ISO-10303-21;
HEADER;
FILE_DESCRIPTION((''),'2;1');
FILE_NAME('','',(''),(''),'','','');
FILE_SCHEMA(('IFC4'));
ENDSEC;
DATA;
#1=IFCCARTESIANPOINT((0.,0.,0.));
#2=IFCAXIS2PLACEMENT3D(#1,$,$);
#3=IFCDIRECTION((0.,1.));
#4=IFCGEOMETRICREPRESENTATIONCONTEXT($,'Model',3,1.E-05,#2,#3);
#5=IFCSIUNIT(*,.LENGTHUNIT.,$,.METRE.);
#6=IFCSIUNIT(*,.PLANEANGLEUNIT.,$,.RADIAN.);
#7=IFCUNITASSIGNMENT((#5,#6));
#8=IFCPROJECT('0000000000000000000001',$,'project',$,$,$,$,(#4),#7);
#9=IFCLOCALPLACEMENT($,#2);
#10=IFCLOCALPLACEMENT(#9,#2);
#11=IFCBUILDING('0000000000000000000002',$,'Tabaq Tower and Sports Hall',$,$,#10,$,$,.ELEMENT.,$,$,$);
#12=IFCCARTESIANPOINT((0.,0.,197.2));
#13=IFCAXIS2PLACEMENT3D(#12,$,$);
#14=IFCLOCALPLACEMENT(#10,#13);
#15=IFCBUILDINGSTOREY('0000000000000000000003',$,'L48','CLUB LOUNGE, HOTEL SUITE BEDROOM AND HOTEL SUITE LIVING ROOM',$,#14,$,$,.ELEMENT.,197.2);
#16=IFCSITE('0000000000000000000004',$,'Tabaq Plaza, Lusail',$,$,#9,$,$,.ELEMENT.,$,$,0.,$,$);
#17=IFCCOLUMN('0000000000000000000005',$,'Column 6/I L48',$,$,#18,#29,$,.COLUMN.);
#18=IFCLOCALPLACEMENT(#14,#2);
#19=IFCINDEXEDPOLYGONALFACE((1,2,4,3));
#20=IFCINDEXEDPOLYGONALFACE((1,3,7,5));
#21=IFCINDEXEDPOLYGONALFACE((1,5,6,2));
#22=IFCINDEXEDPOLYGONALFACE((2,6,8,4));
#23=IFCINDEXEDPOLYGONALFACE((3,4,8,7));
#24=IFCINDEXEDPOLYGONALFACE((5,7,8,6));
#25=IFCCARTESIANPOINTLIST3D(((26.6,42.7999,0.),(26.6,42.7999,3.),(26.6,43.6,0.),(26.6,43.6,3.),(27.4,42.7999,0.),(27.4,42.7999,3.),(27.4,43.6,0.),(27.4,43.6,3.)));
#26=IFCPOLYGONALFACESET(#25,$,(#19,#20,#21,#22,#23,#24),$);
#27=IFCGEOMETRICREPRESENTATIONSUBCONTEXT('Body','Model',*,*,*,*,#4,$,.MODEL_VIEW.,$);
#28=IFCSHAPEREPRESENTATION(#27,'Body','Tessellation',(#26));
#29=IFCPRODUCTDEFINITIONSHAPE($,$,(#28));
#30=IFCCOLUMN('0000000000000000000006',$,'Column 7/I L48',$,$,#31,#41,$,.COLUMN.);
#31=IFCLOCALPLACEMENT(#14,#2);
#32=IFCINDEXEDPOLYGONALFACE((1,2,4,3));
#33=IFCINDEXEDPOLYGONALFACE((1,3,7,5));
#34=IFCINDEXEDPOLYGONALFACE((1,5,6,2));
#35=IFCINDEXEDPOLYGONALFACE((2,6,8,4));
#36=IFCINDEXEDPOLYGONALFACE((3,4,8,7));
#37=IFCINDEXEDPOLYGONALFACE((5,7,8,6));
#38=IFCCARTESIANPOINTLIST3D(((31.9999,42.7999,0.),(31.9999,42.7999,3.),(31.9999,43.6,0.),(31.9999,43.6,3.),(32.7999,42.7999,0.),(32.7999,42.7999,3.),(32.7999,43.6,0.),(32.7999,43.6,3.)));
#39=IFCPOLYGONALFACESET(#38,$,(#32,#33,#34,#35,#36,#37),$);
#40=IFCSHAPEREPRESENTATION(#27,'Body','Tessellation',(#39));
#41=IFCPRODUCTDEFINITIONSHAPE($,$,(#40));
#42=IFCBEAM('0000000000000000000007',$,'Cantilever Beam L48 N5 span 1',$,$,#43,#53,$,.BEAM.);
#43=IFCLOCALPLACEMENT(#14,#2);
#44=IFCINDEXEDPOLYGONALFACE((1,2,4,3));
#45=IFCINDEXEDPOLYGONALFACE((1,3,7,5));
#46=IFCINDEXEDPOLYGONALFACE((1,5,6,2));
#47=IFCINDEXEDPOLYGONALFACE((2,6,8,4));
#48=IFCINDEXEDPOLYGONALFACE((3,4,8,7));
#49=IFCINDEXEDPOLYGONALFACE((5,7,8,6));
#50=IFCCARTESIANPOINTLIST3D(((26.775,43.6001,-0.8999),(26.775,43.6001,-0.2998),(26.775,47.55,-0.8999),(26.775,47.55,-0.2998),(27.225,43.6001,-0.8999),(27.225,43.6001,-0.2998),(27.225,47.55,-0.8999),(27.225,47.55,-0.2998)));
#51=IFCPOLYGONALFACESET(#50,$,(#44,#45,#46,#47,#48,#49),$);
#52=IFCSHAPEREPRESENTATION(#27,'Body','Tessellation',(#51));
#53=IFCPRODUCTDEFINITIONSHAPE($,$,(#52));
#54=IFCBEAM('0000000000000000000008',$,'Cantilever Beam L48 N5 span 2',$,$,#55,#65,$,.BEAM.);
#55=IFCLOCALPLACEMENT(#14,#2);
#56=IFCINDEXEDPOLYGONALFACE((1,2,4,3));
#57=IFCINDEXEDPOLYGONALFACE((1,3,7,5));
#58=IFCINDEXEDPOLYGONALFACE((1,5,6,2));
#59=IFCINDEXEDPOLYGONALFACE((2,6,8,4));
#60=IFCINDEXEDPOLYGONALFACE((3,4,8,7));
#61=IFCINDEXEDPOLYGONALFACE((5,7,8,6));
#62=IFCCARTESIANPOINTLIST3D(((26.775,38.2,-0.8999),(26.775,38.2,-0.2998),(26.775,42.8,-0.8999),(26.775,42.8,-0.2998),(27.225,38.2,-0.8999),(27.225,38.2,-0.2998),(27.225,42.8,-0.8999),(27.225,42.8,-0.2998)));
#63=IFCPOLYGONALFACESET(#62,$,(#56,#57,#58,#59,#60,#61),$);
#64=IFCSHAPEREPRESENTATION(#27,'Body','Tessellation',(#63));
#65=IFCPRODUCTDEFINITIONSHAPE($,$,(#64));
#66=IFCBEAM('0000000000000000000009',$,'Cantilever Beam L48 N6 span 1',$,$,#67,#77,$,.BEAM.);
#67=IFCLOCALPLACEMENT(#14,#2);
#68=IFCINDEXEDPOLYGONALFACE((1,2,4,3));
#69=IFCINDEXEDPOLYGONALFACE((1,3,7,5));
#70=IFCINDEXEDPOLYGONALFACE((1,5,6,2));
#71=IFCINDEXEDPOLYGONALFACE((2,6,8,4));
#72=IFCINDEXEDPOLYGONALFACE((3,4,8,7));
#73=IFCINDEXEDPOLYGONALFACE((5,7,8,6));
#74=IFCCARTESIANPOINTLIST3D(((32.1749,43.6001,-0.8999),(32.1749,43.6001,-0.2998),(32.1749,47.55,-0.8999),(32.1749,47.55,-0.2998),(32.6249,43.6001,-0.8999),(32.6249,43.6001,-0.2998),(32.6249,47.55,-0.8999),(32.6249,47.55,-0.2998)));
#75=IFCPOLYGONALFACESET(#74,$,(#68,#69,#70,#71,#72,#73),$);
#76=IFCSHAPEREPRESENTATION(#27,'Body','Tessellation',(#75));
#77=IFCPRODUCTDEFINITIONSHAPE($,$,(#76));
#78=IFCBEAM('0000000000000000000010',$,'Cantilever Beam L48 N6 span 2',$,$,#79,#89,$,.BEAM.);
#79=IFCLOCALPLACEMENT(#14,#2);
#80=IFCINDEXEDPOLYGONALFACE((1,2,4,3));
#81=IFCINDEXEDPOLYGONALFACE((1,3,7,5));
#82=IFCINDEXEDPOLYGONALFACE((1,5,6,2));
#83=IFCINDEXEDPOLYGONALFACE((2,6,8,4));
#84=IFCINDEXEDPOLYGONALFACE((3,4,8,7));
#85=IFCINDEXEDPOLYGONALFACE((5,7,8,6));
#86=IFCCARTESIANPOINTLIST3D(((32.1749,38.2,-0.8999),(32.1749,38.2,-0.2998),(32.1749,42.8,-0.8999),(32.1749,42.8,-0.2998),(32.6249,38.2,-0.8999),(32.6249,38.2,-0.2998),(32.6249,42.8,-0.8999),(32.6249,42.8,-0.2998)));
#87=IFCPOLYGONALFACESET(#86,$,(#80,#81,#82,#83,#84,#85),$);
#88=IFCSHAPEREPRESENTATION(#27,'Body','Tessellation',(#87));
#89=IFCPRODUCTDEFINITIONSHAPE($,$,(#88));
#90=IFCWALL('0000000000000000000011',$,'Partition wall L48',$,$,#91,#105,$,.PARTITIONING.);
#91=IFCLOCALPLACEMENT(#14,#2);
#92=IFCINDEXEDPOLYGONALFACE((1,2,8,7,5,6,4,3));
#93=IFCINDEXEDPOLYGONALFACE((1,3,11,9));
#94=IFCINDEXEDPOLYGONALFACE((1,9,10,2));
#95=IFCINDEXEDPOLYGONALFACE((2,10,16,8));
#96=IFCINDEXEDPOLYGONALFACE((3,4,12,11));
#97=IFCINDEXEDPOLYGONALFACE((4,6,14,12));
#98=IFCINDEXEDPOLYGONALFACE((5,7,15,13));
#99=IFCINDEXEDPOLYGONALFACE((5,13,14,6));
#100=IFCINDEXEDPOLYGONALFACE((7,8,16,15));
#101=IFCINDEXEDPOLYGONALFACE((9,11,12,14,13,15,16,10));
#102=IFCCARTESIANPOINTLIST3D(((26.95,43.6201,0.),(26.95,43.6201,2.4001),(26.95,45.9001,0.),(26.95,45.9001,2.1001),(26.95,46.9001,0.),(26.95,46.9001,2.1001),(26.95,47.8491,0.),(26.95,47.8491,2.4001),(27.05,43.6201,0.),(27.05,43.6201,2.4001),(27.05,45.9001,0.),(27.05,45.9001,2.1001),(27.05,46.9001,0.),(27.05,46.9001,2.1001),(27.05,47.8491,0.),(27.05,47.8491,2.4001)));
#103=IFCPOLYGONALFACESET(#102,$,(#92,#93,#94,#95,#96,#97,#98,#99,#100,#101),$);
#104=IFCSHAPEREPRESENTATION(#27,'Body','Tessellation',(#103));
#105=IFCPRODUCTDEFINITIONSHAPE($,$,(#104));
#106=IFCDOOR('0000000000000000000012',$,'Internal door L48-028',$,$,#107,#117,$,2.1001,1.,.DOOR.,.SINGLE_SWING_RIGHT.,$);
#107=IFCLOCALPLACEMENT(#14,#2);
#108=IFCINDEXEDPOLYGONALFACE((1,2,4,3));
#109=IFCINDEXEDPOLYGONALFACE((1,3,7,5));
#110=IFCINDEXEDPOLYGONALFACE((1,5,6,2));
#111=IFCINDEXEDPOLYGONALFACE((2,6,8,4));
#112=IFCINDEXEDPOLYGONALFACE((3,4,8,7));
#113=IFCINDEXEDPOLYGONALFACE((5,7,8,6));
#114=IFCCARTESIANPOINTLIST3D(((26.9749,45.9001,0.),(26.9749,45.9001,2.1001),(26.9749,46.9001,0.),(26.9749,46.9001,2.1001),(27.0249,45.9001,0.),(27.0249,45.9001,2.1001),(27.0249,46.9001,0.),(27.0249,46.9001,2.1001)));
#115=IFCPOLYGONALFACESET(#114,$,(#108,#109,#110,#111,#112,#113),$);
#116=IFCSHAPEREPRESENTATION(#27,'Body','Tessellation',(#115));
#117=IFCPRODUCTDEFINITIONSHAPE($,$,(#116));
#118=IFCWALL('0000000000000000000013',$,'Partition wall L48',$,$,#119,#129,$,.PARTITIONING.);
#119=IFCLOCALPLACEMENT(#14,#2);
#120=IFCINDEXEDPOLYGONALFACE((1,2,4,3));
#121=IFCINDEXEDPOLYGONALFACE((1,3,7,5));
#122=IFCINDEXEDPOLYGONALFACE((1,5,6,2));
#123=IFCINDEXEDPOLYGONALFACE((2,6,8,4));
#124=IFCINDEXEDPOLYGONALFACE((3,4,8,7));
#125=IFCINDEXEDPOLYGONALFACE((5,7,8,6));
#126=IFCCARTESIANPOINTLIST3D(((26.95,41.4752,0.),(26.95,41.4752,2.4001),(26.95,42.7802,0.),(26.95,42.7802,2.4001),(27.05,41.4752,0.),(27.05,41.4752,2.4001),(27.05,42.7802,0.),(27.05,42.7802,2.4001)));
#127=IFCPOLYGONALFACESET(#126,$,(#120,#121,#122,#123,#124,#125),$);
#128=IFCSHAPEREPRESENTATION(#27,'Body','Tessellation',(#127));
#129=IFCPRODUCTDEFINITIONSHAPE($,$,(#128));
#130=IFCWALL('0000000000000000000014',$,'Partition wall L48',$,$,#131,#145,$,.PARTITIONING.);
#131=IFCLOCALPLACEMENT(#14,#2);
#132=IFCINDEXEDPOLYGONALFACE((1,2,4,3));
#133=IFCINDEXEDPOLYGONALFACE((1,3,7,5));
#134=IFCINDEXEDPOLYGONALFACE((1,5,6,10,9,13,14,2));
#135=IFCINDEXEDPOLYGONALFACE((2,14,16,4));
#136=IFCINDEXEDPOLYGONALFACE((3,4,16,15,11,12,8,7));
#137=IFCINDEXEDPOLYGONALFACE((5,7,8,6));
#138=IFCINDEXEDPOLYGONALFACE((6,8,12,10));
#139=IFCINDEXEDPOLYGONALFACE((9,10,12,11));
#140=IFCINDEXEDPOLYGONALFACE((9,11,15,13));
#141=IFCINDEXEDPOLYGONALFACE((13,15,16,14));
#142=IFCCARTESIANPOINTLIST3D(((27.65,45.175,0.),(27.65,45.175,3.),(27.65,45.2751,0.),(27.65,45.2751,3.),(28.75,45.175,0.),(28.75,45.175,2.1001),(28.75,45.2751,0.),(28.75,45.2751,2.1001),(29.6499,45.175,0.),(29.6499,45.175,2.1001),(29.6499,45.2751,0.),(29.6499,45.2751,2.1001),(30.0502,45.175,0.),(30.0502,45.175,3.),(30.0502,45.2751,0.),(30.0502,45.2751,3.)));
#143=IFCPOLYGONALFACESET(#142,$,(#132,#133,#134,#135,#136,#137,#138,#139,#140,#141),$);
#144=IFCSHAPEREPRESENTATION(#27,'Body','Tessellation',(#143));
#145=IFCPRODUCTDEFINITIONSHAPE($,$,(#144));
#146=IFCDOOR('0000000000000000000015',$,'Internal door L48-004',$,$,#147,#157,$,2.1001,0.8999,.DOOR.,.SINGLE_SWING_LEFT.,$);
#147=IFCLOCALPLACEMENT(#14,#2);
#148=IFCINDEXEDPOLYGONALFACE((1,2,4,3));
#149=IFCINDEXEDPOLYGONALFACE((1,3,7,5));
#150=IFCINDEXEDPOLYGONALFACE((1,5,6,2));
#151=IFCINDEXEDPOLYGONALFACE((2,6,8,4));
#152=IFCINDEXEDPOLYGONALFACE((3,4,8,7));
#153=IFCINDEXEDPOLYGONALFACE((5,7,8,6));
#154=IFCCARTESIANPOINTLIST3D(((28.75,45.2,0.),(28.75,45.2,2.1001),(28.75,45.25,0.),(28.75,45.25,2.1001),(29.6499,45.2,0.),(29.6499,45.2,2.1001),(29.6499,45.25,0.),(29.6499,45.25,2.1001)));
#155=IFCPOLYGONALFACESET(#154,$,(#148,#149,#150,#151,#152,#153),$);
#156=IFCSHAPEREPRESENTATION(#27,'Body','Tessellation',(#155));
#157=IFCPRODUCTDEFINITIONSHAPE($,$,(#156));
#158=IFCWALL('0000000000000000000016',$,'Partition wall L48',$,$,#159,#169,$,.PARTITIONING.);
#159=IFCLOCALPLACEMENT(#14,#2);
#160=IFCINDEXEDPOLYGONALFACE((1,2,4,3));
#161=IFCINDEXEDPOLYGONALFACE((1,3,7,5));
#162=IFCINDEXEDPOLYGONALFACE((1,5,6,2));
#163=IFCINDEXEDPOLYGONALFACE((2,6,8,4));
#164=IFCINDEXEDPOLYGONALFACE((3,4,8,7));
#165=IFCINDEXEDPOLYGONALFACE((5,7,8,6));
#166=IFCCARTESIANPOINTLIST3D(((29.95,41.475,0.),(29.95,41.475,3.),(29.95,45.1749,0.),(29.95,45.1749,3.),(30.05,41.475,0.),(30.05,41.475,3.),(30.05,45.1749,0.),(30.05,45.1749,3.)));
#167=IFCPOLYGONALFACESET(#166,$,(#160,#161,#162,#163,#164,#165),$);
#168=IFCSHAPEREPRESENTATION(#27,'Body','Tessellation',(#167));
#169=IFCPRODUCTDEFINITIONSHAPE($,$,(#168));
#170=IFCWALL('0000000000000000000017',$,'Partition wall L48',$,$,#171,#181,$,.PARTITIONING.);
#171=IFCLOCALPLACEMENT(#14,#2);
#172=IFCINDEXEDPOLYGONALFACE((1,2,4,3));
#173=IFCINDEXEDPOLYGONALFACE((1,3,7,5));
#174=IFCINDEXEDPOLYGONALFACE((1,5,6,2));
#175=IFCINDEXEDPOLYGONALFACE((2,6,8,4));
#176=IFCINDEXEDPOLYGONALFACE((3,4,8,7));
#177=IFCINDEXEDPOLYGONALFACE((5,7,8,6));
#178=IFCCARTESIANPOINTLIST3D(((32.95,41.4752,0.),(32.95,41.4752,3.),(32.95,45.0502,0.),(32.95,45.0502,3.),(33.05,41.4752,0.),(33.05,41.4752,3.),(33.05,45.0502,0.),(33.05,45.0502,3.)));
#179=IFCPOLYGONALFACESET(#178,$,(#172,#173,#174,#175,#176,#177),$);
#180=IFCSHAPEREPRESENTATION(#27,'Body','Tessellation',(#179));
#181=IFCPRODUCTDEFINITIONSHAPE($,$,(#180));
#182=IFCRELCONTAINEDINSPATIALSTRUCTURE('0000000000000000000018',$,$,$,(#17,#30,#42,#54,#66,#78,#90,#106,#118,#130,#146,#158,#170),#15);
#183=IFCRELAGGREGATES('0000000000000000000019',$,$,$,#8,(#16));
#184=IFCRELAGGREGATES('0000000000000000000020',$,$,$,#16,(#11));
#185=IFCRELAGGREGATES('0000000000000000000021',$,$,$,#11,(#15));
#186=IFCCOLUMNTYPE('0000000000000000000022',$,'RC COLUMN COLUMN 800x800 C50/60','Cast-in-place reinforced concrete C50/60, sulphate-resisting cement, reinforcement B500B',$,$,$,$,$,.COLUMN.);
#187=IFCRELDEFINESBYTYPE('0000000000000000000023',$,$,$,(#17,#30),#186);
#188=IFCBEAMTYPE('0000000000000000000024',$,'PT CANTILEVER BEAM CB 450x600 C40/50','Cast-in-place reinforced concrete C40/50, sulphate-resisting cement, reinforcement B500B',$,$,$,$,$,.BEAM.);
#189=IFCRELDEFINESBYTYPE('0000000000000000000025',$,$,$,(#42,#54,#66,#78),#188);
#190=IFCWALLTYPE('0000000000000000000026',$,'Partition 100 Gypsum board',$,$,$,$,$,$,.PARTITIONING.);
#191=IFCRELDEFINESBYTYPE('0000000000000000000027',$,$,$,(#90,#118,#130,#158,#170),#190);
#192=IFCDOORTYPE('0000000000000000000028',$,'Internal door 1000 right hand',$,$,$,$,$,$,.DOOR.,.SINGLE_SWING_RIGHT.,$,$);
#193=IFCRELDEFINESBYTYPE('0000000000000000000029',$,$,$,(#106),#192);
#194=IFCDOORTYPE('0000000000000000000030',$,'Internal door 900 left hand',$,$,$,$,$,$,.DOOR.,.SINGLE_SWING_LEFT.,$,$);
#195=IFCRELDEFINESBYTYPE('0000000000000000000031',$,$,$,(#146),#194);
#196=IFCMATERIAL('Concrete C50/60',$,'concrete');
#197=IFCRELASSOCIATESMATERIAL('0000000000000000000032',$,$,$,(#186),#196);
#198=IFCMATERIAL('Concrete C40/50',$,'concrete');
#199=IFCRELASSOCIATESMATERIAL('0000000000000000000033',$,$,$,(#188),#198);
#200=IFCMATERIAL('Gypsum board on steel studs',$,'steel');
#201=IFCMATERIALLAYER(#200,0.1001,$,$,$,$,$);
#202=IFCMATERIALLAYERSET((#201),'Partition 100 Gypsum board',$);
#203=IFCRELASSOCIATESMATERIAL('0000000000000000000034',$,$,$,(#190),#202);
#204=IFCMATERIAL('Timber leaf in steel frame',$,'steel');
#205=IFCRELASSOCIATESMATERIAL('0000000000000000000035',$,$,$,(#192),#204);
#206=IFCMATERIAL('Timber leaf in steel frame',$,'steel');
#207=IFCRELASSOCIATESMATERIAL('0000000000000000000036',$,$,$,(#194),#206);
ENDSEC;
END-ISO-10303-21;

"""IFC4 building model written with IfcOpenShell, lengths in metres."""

from ifc_helpers import new_model, si_unit, direction, frame, frame_2d, origin, origin_2d, place, context, subcontext, project, spatial, rectangle, extrude, material, layer, layer_set, material_profile, profile_set, type_object, element, fill, save


model = new_model("IFC4")

# Units and contexts
model_context = context("Model", 3, precision=1e-05, world=origin(), true_north=direction((0.0, 1.0)))
body_context = subcontext(model_context, "Body", "Model", "MODEL_VIEW")
ifc_project = project(units=[si_unit("LENGTHUNIT", "METRE"), si_unit("PLANEANGLEUNIT", "RADIAN")], contexts=[model_context])

# Site, building, storey
site_placement = place(None, origin())
site = spatial("IfcSite", under=ifc_project, at=site_placement, Name="Tabaq Plaza, Lusail", CompositionType="ELEMENT", RefElevation=0.0)
building_placement = place(site_placement, origin())
building = spatial("IfcBuilding", under=site, at=building_placement, Name="Tabaq Tower and Sports Hall", CompositionType="ELEMENT")
storey_placement = place(building_placement, frame((0.0, 0.0, 197.2)))
storey = spatial("IfcBuildingStorey", under=building, at=storey_placement, Name="L48", Description="CLUB LOUNGE, HOTEL SUITE BEDROOM AND HOTEL SUITE LIVING ROOM", CompositionType="ELEMENT", Elevation=197.2)

# Columns
ifc_material_1 = material(Name="Concrete C50/60", Category="concrete")
ifc_material_profile_1 = material_profile(ifc_material_1, rectangle(XDim=0.8, YDim=0.8, at=origin_2d()), Name="COLUMN 800x800")
ifc_profile_set_1 = profile_set([ifc_material_profile_1], Name="Concrete C50/60")
column_type = type_object("IfcColumnType", Name="RC COLUMN COLUMN 800x800 C50/60", Description="Cast-in-place reinforced concrete C50/60, sulphate-resisting cement, reinforcement B500B", PredefinedType="COLUMN", material=ifc_profile_set_1)
for number, where, z_axis, x_axis, name in (
    (1, (27.0, 43.2, 0.0), (0.0, 0.0, 1.0), (1.0, 0.0, 0.0), "Column 6/I L48"),
    (2, (32.3999, 43.2, 0.0), (0.0, 0.0, 1.0), (1.0, 0.0, 0.0), "Column 7/I L48"),
):
    element("IfcColumn", number, at=place(storey_placement, frame(where, z_axis=z_axis, x_axis=x_axis)), inside=storey, type_object=column_type, Name=name, PredefinedType="COLUMN", context=body_context, shape_type="SweptSolid", body=[
        extrude(rectangle(XDim=0.8, YDim=0.8, at=origin_2d()), origin(), (0.0, 0.0, 1.0), 3.0),
    ])

# Beams
ifc_material_2 = material(Name="Concrete C40/50", Category="concrete")
ifc_material_profile_2 = material_profile(ifc_material_2, rectangle(XDim=0.45, YDim=0.6001, at=origin_2d()), Name="CB 450x600")
ifc_profile_set_2 = profile_set([ifc_material_profile_2], Name="Concrete C40/50")
beam_type = type_object("IfcBeamType", Name="PT CANTILEVER BEAM CB 450x600 C40/50", Description="Cast-in-place reinforced concrete C40/50, sulphate-resisting cement, reinforcement B500B", PredefinedType="BEAM", material=ifc_profile_set_2)
beam_1_placement = place(storey_placement, frame((27.0, 47.55, -0.5999), z_axis=(0.0, -1.0, 0.0), x_axis=(1.0, 0.0, 0.0)))
element("IfcBeam", 3, at=beam_1_placement, inside=storey, type_object=beam_type, Name="Cantilever Beam L48 N5 span 1", PredefinedType="BEAM", context=body_context, shape_type="SweptSolid", body=[
    extrude(rectangle(XDim=0.45, YDim=0.6001, at=origin_2d()), origin(), (0.0, 0.0, 1.0), 3.95),
])
beam_2_placement = place(storey_placement, frame((27.0, 42.8, -0.5999), z_axis=(0.0, -1.0, 0.0), x_axis=(1.0, 0.0, 0.0)))
element("IfcBeam", 4, at=beam_2_placement, inside=storey, type_object=beam_type, Name="Cantilever Beam L48 N5 span 2", PredefinedType="BEAM", context=body_context, shape_type="SweptSolid", body=[
    extrude(rectangle(XDim=0.45, YDim=0.6001, at=origin_2d()), origin(), (0.0, 0.0, 1.0), 4.6001),
])
beam_3_placement = place(storey_placement, frame((32.3999, 47.55, -0.5999), z_axis=(0.0, -1.0, 0.0), x_axis=(1.0, 0.0, 0.0)))
element("IfcBeam", 5, at=beam_3_placement, inside=storey, type_object=beam_type, Name="Cantilever Beam L48 N6 span 1", PredefinedType="BEAM", context=body_context, shape_type="SweptSolid", body=[
    extrude(rectangle(XDim=0.45, YDim=0.6001, at=origin_2d()), origin(), (0.0, 0.0, 1.0), 3.95),
])
beam_4_placement = place(storey_placement, frame((32.3999, 42.8, -0.5999), z_axis=(0.0, -1.0, 0.0), x_axis=(1.0, 0.0, 0.0)))
element("IfcBeam", 6, at=beam_4_placement, inside=storey, type_object=beam_type, Name="Cantilever Beam L48 N6 span 2", PredefinedType="BEAM", context=body_context, shape_type="SweptSolid", body=[
    extrude(rectangle(XDim=0.45, YDim=0.6001, at=origin_2d()), origin(), (0.0, 0.0, 1.0), 4.6001),
])

# Wall, opening, door
ifc_material_3 = material(Name="Gypsum board on steel studs", Category="steel")
ifc_layer_1 = layer(ifc_material_3, 0.1001)
ifc_layer_set_1 = layer_set([ifc_layer_1], Name="Partition 100 Gypsum board")
wall_type_1 = type_object("IfcWallType", Name="Partition 100 Gypsum board", PredefinedType="PARTITIONING", material=ifc_layer_set_1)
wall_1_placement = place(storey_placement, frame((27.0, 47.8491, 0.0), z_axis=(0.0, 0.0, 1.0), x_axis=(0.0, -1.0, 0.0)))
wall_1 = element("IfcWall", 7, at=wall_1_placement, inside=storey, type_object=wall_type_1, Name="Partition wall L48", PredefinedType="PARTITIONING", context=body_context, shape_type="SweptSolid", body=[
    extrude(rectangle(XDim=4.229, YDim=0.1001, at=frame_2d((2.1145, 0.0))), origin(), (0.0, 0.0, 1.0), 2.4001),
])
opening_1_placement = place(wall_1_placement, frame((0.949, 0.0, 0.0)))
opening_1 = element("IfcOpeningElement", 8, at=opening_1_placement, cuts=wall_1, PredefinedType="OPENING", context=body_context, shape_type="SweptSolid", body=[
    extrude(rectangle(XDim=1.0, YDim=2.1001, at=frame_2d((0.5, 1.05))), frame((0.0, 0.05, 0.0), z_axis=(0.0, -1.0, 0.0), x_axis=(1.0, 0.0, 0.0)), (0.0, 0.0, 1.0), 0.1001),
])
ifc_material_4 = material(Name="Timber leaf in steel frame", Category="steel")
door_type_1 = type_object("IfcDoorType", Name="Internal door 1000 right hand", OperationType="SINGLE_SWING_RIGHT", PredefinedType="DOOR", material=ifc_material_4)
door_1_placement = place(opening_1_placement, origin())
door_1 = element("IfcDoor", 9, at=door_1_placement, inside=storey, type_object=door_type_1, Name="Internal door L48-028", OperationType="SINGLE_SWING_RIGHT", OverallHeight=2.1001, OverallWidth=1.0, PredefinedType="DOOR", context=body_context, shape_type="SweptSolid", body=[
    extrude(rectangle(XDim=1.0, YDim=2.1001, at=frame_2d((0.5, 1.05))), frame((0.0, 0.0249, 0.0), z_axis=(0.0, -1.0, 0.0), x_axis=(1.0, 0.0, 0.0)), (0.0, 0.0, 1.0), 0.05),
])
fill(opening_1, door_1)

# Wall
wall_2_placement = place(storey_placement, frame((27.0, 42.78, 0.0), z_axis=(0.0, 0.0, 1.0), x_axis=(0.0, -1.0, 0.0)))
element("IfcWall", 10, at=wall_2_placement, inside=storey, type_object=wall_type_1, Name="Partition wall L48", PredefinedType="PARTITIONING", context=body_context, shape_type="SweptSolid", body=[
    extrude(rectangle(XDim=1.3049, YDim=0.1001, at=frame_2d((0.6523, 0.0))), origin(), (0.0, 0.0, 1.0), 2.4001),
])

# Wall, opening, door
wall_3_placement = place(storey_placement, frame((27.6499, 45.2251, 0.0), z_axis=(0.0, 0.0, 1.0), x_axis=(1.0, 0.0, 0.0)))
wall_3 = element("IfcWall", 11, at=wall_3_placement, inside=storey, type_object=wall_type_1, Name="Partition wall L48", PredefinedType="PARTITIONING", context=body_context, shape_type="SweptSolid", body=[
    extrude(rectangle(XDim=2.4001, YDim=0.1001, at=frame_2d((1.2002, 0.0))), origin(), (0.0, 0.0, 1.0), 3.0),
])
opening_2_placement = place(wall_3_placement, frame((1.1001, 0.0, 0.0)))
opening_2 = element("IfcOpeningElement", 12, at=opening_2_placement, cuts=wall_3, PredefinedType="OPENING", context=body_context, shape_type="SweptSolid", body=[
    extrude(rectangle(XDim=0.8999, YDim=2.1001, at=frame_2d((0.45, 1.05))), frame((0.0, 0.05, 0.0), z_axis=(0.0, -1.0, 0.0), x_axis=(1.0, 0.0, 0.0)), (0.0, 0.0, 1.0), 0.1001),
])
ifc_material_5 = material(Name="Timber leaf in steel frame", Category="steel")
door_type_2 = type_object("IfcDoorType", Name="Internal door 900 left hand", OperationType="SINGLE_SWING_LEFT", PredefinedType="DOOR", material=ifc_material_5)
door_2_placement = place(opening_2_placement, origin())
door_2 = element("IfcDoor", 13, at=door_2_placement, inside=storey, type_object=door_type_2, Name="Internal door L48-004", OperationType="SINGLE_SWING_LEFT", OverallHeight=2.1001, OverallWidth=0.8999, PredefinedType="DOOR", context=body_context, shape_type="SweptSolid", body=[
    extrude(rectangle(XDim=0.8999, YDim=2.1001, at=frame_2d((0.45, 1.05))), frame((0.0, 0.0249, 0.0), z_axis=(0.0, -1.0, 0.0), x_axis=(1.0, 0.0, 0.0)), (0.0, 0.0, 1.0), 0.05),
])
fill(opening_2, door_2)

# Walls
wall_4_placement = place(storey_placement, frame((30.0, 45.175, 0.0), z_axis=(0.0, 0.0, 1.0), x_axis=(0.0, -1.0, 0.0)))
element("IfcWall", 14, at=wall_4_placement, inside=storey, type_object=wall_type_1, Name="Partition wall L48", PredefinedType="PARTITIONING", context=body_context, shape_type="SweptSolid", body=[
    extrude(rectangle(XDim=3.7, YDim=0.1001, at=frame_2d((1.8501, 0.0))), origin(), (0.0, 0.0, 1.0), 3.0),
])
wall_5_placement = place(storey_placement, frame((33.0, 41.4751, 0.0), z_axis=(0.0, 0.0, 1.0), x_axis=(0.0, 1.0, 0.0)))
element("IfcWall", 15, at=wall_5_placement, inside=storey, type_object=wall_type_1, Name="Partition wall L48", PredefinedType="PARTITIONING", context=body_context, shape_type="SweptSolid", body=[
    extrude(rectangle(XDim=3.575, YDim=0.1001, at=frame_2d((1.7876, 0.0))), origin(), (0.0, 0.0, 1.0), 3.0),
])

save(model, "model.ifc")
